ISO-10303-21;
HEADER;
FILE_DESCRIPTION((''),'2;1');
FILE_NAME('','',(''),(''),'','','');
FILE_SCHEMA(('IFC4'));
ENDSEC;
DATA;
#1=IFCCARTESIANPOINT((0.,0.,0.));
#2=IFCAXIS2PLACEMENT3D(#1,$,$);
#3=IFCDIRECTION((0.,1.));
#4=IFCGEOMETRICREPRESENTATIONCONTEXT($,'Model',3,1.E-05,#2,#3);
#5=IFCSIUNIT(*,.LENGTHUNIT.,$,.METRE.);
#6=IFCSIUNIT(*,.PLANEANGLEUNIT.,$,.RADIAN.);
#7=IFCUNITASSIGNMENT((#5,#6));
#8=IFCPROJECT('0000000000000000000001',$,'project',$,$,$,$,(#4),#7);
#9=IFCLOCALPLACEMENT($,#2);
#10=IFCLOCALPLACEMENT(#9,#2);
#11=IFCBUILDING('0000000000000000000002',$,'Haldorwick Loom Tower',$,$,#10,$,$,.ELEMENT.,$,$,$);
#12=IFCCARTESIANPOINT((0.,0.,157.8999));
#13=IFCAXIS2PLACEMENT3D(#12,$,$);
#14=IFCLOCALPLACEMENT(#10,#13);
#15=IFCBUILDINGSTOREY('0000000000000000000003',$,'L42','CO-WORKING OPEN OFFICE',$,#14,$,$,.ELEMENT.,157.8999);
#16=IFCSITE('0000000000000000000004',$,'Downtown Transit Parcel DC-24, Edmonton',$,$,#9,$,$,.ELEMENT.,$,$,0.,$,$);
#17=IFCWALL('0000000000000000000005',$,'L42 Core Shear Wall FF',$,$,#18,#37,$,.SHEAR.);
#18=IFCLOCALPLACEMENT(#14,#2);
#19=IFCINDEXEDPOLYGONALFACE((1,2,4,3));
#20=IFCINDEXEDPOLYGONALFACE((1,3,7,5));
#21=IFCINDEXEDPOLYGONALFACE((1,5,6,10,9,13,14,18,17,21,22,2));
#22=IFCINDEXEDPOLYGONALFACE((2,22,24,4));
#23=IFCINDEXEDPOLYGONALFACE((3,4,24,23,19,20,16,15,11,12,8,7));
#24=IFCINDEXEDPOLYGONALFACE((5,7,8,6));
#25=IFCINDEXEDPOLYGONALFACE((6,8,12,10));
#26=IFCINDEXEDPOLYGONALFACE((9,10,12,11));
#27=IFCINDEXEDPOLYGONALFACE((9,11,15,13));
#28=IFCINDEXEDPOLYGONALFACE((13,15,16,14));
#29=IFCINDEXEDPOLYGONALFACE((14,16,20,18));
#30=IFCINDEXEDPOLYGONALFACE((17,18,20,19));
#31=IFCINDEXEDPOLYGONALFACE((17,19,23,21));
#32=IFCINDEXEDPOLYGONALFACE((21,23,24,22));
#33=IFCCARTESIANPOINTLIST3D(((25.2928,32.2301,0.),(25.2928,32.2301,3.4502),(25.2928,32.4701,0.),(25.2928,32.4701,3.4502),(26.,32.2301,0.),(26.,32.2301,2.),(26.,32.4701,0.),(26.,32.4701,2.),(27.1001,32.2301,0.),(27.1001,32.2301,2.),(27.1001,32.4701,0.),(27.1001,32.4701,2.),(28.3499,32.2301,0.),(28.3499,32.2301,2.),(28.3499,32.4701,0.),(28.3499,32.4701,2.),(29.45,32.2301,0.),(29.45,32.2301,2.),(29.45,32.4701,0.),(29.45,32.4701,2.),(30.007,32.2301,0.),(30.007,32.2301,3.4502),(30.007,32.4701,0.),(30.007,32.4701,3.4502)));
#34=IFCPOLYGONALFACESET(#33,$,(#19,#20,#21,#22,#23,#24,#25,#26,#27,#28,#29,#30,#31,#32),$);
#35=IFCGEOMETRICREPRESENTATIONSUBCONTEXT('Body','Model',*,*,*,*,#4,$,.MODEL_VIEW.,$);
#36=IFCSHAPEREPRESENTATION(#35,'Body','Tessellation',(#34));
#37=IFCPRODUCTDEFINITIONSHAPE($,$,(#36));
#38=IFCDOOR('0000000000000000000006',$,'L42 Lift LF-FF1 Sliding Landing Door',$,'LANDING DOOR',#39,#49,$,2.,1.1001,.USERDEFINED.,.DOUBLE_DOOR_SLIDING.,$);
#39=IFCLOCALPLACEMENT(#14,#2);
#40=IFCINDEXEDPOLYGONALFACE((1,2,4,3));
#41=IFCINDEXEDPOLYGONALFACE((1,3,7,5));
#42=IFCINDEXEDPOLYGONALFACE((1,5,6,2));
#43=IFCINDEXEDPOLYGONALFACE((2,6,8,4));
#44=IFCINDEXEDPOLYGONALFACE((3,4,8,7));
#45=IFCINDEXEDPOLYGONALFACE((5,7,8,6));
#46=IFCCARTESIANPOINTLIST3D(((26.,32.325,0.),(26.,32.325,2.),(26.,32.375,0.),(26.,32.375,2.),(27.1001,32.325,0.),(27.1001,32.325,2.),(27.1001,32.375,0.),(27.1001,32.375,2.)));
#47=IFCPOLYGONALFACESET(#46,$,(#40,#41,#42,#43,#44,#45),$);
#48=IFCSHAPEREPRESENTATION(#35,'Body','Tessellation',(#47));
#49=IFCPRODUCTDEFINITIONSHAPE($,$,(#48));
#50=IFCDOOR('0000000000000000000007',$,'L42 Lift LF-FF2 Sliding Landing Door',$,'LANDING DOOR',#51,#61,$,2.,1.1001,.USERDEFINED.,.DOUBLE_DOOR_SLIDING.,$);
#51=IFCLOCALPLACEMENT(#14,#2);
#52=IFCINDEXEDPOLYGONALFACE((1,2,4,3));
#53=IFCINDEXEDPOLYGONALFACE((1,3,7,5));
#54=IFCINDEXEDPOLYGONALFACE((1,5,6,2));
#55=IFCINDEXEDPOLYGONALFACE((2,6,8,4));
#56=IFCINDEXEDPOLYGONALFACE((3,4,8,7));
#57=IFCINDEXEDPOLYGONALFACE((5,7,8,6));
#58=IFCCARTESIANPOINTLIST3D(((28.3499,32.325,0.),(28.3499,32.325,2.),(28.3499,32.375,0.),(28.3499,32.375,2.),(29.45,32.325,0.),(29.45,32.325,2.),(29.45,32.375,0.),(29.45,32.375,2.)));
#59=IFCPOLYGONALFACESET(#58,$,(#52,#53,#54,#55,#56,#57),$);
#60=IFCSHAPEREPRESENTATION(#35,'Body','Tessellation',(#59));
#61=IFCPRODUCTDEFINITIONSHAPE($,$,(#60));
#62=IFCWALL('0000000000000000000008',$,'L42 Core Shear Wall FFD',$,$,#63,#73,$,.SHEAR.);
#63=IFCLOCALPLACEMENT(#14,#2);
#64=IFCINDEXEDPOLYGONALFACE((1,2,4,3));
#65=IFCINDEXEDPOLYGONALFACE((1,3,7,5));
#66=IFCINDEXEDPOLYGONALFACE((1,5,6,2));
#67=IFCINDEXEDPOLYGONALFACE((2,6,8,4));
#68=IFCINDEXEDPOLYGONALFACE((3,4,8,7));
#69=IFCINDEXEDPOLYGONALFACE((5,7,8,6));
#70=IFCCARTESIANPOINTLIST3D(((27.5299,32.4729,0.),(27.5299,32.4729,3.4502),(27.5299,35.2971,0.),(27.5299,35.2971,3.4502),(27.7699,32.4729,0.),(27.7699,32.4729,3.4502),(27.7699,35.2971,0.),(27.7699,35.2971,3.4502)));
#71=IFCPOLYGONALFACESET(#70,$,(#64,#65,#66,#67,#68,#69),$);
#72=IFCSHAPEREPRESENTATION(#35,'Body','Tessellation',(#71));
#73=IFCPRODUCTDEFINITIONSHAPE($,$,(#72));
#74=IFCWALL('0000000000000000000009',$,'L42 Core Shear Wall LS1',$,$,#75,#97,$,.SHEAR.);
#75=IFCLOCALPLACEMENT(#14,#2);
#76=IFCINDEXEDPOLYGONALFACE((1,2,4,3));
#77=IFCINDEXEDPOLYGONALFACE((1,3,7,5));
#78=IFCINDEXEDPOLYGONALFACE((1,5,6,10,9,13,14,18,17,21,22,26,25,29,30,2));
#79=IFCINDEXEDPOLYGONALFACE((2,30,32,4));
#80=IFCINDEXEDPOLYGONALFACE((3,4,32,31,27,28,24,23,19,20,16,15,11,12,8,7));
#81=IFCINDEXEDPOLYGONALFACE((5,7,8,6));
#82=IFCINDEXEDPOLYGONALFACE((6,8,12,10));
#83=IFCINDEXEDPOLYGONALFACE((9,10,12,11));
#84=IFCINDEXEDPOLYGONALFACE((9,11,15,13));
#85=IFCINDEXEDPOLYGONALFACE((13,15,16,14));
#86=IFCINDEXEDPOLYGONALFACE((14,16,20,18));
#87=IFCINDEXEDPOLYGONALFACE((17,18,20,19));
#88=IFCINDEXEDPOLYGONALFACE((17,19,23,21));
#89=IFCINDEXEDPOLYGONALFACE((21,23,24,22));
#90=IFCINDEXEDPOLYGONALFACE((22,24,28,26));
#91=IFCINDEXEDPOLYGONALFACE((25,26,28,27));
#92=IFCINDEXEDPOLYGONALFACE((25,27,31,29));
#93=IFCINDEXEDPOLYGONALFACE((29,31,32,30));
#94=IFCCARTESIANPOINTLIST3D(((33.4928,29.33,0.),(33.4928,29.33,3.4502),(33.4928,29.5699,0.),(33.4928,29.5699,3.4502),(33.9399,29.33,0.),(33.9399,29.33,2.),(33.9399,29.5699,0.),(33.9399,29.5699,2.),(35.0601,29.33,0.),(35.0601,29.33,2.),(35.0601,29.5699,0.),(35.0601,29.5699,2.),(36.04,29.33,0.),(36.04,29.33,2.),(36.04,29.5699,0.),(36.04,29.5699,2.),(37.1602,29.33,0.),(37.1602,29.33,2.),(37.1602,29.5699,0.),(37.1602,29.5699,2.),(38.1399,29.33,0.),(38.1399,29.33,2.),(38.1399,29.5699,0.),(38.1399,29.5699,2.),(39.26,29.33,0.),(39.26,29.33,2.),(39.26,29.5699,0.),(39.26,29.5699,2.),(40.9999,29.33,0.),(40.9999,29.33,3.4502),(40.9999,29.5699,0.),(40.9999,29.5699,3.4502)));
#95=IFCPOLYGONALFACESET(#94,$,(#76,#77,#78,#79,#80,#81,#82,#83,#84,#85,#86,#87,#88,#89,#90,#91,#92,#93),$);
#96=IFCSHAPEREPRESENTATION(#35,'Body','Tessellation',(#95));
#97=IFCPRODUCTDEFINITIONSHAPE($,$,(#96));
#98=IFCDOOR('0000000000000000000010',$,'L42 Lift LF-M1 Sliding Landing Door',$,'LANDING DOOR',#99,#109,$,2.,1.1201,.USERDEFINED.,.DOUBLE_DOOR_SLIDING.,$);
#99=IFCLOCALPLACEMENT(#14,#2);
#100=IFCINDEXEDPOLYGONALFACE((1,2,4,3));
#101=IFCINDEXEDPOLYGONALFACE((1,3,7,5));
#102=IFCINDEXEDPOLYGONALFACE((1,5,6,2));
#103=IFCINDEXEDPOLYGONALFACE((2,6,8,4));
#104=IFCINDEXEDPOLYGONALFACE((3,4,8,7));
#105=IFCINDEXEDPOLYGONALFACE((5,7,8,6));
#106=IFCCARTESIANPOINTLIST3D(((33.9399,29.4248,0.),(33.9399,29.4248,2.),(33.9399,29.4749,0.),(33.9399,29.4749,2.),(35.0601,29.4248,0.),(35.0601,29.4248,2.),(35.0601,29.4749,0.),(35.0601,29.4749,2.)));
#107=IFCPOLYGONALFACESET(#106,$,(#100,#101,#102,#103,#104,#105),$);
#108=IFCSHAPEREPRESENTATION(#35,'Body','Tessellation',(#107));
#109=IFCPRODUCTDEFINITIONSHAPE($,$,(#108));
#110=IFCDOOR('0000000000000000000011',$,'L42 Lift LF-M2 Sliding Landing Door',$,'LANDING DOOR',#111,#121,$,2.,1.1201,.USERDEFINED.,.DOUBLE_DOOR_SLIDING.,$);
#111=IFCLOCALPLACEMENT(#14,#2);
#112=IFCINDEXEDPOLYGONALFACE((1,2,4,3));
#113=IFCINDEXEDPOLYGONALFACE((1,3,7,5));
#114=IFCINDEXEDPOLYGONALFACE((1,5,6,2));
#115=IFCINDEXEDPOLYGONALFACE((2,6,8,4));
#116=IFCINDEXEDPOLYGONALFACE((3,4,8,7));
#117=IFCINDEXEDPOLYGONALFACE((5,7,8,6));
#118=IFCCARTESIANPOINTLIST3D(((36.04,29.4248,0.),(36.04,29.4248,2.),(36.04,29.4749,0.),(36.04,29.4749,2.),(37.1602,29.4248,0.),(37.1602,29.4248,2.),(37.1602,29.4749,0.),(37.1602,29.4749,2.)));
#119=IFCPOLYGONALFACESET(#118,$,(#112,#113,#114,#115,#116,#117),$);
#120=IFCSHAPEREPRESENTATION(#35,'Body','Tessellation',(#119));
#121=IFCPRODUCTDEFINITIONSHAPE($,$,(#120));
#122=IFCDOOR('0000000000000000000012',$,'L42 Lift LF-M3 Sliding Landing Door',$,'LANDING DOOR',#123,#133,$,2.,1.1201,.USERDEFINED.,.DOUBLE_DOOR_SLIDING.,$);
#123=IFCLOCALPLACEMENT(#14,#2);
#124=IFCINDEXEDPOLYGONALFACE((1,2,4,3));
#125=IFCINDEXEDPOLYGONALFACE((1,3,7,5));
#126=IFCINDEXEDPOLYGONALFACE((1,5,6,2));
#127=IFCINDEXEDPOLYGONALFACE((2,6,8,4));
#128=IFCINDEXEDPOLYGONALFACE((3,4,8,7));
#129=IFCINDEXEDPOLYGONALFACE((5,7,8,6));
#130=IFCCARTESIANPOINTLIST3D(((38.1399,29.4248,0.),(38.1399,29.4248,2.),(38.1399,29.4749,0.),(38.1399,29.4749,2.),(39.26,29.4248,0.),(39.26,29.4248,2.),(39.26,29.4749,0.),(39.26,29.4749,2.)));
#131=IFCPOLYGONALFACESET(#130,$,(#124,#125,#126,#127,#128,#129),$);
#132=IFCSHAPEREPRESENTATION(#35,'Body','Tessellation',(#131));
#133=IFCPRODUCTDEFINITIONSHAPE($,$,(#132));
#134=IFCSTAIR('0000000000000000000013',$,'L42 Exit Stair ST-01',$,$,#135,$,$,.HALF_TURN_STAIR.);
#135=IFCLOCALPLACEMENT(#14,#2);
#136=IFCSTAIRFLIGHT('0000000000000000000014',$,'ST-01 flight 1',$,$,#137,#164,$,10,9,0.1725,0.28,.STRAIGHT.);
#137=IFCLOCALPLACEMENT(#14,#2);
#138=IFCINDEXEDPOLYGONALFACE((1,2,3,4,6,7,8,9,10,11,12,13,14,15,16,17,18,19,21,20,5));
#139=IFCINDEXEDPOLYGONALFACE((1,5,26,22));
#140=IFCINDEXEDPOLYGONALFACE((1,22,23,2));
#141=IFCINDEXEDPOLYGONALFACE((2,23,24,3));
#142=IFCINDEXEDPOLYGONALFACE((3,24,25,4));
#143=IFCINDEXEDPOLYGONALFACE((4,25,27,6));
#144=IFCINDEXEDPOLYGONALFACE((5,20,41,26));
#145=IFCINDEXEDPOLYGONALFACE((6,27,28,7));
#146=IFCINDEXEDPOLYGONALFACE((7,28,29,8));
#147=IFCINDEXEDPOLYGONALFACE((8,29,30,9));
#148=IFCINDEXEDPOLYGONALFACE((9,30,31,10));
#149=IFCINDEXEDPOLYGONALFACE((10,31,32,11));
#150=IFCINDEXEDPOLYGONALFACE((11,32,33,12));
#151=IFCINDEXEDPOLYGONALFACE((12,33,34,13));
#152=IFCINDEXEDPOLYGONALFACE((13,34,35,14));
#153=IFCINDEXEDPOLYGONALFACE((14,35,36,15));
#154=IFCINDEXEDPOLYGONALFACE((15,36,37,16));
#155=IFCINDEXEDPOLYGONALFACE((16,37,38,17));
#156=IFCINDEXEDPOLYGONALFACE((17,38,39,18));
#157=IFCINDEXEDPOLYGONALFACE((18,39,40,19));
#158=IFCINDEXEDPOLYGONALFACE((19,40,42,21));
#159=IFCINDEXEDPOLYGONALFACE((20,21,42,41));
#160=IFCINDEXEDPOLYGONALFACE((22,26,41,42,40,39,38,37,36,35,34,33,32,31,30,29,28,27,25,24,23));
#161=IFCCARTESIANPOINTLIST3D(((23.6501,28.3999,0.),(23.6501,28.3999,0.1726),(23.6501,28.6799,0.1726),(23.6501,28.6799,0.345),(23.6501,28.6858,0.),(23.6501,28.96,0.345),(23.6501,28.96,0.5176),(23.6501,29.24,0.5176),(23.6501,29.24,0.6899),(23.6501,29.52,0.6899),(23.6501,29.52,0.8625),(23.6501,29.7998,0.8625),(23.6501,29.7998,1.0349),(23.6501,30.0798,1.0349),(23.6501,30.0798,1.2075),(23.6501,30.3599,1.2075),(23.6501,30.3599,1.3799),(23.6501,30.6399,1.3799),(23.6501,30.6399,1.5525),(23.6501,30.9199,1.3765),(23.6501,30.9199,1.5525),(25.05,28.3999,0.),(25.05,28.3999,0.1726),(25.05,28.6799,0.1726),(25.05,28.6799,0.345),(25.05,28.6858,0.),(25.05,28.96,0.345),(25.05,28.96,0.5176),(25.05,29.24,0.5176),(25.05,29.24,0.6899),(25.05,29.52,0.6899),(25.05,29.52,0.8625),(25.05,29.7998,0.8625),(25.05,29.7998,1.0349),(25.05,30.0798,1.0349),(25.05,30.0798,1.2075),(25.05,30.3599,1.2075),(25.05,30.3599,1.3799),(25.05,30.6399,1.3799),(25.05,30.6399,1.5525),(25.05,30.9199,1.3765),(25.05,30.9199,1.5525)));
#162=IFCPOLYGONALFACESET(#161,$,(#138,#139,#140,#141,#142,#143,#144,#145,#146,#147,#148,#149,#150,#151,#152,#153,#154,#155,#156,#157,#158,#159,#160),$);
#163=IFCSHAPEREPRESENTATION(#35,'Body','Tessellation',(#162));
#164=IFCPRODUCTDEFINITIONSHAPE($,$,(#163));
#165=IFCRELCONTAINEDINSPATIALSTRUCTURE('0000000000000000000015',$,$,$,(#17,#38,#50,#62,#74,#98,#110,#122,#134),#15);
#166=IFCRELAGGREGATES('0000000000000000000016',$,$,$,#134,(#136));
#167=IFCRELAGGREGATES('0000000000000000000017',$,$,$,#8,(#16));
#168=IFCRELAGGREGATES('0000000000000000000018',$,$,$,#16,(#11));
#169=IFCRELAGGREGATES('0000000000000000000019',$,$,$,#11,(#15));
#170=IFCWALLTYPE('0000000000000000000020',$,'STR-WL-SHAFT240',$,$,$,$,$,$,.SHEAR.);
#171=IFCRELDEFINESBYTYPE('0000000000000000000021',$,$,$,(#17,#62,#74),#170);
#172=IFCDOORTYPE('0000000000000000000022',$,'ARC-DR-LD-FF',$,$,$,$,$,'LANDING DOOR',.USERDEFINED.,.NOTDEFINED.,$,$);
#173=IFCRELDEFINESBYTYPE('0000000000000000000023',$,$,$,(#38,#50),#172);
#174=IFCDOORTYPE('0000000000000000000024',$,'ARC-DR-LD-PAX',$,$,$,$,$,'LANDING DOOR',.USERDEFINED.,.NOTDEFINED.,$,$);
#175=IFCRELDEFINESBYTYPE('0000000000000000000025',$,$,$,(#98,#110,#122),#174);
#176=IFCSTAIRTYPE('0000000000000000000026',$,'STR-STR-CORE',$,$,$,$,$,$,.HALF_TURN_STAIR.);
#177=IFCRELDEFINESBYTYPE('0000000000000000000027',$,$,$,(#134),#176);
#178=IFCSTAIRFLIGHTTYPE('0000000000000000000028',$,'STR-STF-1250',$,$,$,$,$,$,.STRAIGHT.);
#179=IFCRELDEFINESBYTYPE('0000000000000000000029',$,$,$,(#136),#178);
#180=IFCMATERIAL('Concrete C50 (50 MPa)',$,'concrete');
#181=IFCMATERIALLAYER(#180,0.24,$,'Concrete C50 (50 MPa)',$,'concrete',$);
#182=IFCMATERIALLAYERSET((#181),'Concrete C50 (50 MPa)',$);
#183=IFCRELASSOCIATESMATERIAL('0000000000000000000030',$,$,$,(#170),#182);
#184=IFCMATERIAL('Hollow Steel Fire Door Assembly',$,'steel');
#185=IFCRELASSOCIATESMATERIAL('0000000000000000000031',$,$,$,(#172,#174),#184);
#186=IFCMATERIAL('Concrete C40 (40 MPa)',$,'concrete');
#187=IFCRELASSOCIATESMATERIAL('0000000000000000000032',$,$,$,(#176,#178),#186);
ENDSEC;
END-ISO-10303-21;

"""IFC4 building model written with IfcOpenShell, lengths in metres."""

from ifc_helpers import new_model, si_unit, direction, frame, frame_2d, origin, place, context, subcontext, project, spatial, polyline, rectangle, outline, extrude, material, layer, layer_set, type_object, element, fill, aggregate, save


model = new_model("IFC4")

# Units and contexts
model_context = context("Model", 3, precision=1e-05, world=origin(), true_north=direction((0.0, 1.0)))
body_context = subcontext(model_context, "Body", "Model", "MODEL_VIEW")
ifc_project = project(units=[si_unit("LENGTHUNIT", "METRE"), si_unit("PLANEANGLEUNIT", "RADIAN")], contexts=[model_context])

# Site, building, storey
site_placement = place(None, origin())
site = spatial("IfcSite", under=ifc_project, at=site_placement, Name="Downtown Transit Parcel DC-24, Edmonton", CompositionType="ELEMENT", RefElevation=0.0)
building_placement = place(site_placement, origin())
building = spatial("IfcBuilding", under=site, at=building_placement, Name="Haldorwick Loom Tower", CompositionType="ELEMENT")
storey_placement = place(building_placement, frame((0.0, 0.0, 157.8999)))
storey = spatial("IfcBuildingStorey", under=building, at=storey_placement, Name="L42", Description="CO-WORKING OPEN OFFICE", CompositionType="ELEMENT", Elevation=157.8999)

# Shared definitions
ifc_material_1 = material(Name="Concrete C50 (50 MPa)", Category="concrete")
ifc_layer_1 = layer(ifc_material_1, 0.24, Name="Concrete C50 (50 MPa)", Category="concrete")
ifc_layer_set_1 = layer_set([ifc_layer_1], Name="Concrete C50 (50 MPa)")
wall_type = type_object("IfcWallType", Name="STR-WL-SHAFT240", PredefinedType="SHEAR", material=ifc_layer_set_1)

# Wall, openings, doors
wall_1_placement = place(storey_placement, frame((25.293, 32.3501, 0.0), z_axis=(0.0, 0.0, 1.0), x_axis=(1.0, 0.0, 0.0)))
wall_1 = element("IfcWall", 1, at=wall_1_placement, inside=storey, type_object=wall_type, Name="L42 Core Shear Wall FF", PredefinedType="SHEAR", context=body_context, shape_type="SweptSolid", body=[
    extrude(rectangle(XDim=4.7141, YDim=0.24, at=frame_2d((2.3569, 0.0))), origin(), (0.0, 0.0, 1.0), 3.4502),
])
opening_1_placement = place(wall_1_placement, frame((0.707, 0.0, 0.0)))
opening_1 = element("IfcOpeningElement", 2, at=opening_1_placement, cuts=wall_1, PredefinedType="OPENING", context=body_context, shape_type="SweptSolid", body=[
    extrude(rectangle(XDim=1.1001, YDim=2.0, at=frame_2d((0.55, 1.0))), frame((0.0, 0.1299, 0.0), z_axis=(0.0, -1.0, 0.0), x_axis=(1.0, 0.0, 0.0)), (0.0, 0.0, 1.0), 0.26),
])
opening_2_placement = place(wall_1_placement, frame((3.0569, 0.0, 0.0)))
opening_2 = element("IfcOpeningElement", 3, at=opening_2_placement, cuts=wall_1, PredefinedType="OPENING", context=body_context, shape_type="SweptSolid", body=[
    extrude(rectangle(XDim=1.1001, YDim=2.0, at=frame_2d((0.55, 1.0))), frame((0.0, 0.1299, 0.0), z_axis=(0.0, -1.0, 0.0), x_axis=(1.0, 0.0, 0.0)), (0.0, 0.0, 1.0), 0.26),
])
ifc_material_2 = material(Name="Hollow Steel Fire Door Assembly", Category="steel")
door_type_1 = type_object("IfcDoorType", Name="ARC-DR-LD-FF", ElementType="LANDING DOOR", OperationType="NOTDEFINED", PredefinedType="USERDEFINED", material=ifc_material_2)
door_1_placement = place(opening_1_placement, origin())
door_1 = element("IfcDoor", 4, at=door_1_placement, inside=storey, type_object=door_type_1, Name="L42 Lift LF-FF1 Sliding Landing Door", ObjectType="LANDING DOOR", OperationType="DOUBLE_DOOR_SLIDING", OverallHeight=2.0, OverallWidth=1.1001, PredefinedType="USERDEFINED", context=body_context, shape_type="SweptSolid", body=[
    extrude(rectangle(XDim=1.1001, YDim=2.0, at=frame_2d((0.55, 1.0))), frame((0.0, 0.0249, 0.0), z_axis=(0.0, -1.0, 0.0), x_axis=(1.0, 0.0, 0.0)), (0.0, 0.0, 1.0), 0.05),
])
fill(opening_1, door_1)
door_2_placement = place(opening_2_placement, origin())
door_2 = element("IfcDoor", 5, at=door_2_placement, inside=storey, type_object=door_type_1, Name="L42 Lift LF-FF2 Sliding Landing Door", ObjectType="LANDING DOOR", OperationType="DOUBLE_DOOR_SLIDING", OverallHeight=2.0, OverallWidth=1.1001, PredefinedType="USERDEFINED", context=body_context, shape_type="SweptSolid", body=[
    extrude(rectangle(XDim=1.1001, YDim=2.0, at=frame_2d((0.55, 1.0))), frame((0.0, 0.0249, 0.0), z_axis=(0.0, -1.0, 0.0), x_axis=(1.0, 0.0, 0.0)), (0.0, 0.0, 1.0), 0.05),
])
fill(opening_2, door_2)

# Wall
wall_2_placement = place(storey_placement, frame((27.6499, 32.4729, 0.0), z_axis=(0.0, 0.0, 1.0), x_axis=(0.0, 1.0, 0.0)))
element("IfcWall", 6, at=wall_2_placement, inside=storey, type_object=wall_type, Name="L42 Core Shear Wall FFD", PredefinedType="SHEAR", context=body_context, shape_type="SweptSolid", body=[
    extrude(rectangle(XDim=2.8242, YDim=0.24, at=frame_2d((1.4121, 0.0))), origin(), (0.0, 0.0, 1.0), 3.4502),
])

# Wall, openings, doors
wall_3_placement = place(storey_placement, frame((33.4929, 29.45, 0.0), z_axis=(0.0, 0.0, 1.0), x_axis=(1.0, 0.0, 0.0)))
wall_3 = element("IfcWall", 7, at=wall_3_placement, inside=storey, type_object=wall_type, Name="L42 Core Shear Wall LS1", PredefinedType="SHEAR", context=body_context, shape_type="SweptSolid", body=[
    extrude(rectangle(XDim=7.5071, YDim=0.24, at=frame_2d((3.7534, 0.0))), origin(), (0.0, 0.0, 1.0), 3.4502),
])
opening_3_placement = place(wall_3_placement, frame((0.447, 0.0, 0.0)))
opening_3 = element("IfcOpeningElement", 8, at=opening_3_placement, cuts=wall_3, PredefinedType="OPENING", context=body_context, shape_type="SweptSolid", body=[
    extrude(rectangle(XDim=1.1201, YDim=2.0, at=frame_2d((0.5601, 1.0))), frame((0.0, 0.1299, 0.0), z_axis=(0.0, -1.0, 0.0), x_axis=(1.0, 0.0, 0.0)), (0.0, 0.0, 1.0), 0.26),
])
opening_4_placement = place(wall_3_placement, frame((2.5471, 0.0, 0.0)))
opening_4 = element("IfcOpeningElement", 9, at=opening_4_placement, cuts=wall_3, PredefinedType="OPENING", context=body_context, shape_type="SweptSolid", body=[
    extrude(rectangle(XDim=1.1201, YDim=2.0, at=frame_2d((0.5601, 1.0))), frame((0.0, 0.1299, 0.0), z_axis=(0.0, -1.0, 0.0), x_axis=(1.0, 0.0, 0.0)), (0.0, 0.0, 1.0), 0.26),
])
opening_5_placement = place(wall_3_placement, frame((4.647, 0.0, 0.0)))
opening_5 = element("IfcOpeningElement", 10, at=opening_5_placement, cuts=wall_3, PredefinedType="OPENING", context=body_context, shape_type="SweptSolid", body=[
    extrude(rectangle(XDim=1.1201, YDim=2.0, at=frame_2d((0.5601, 1.0))), frame((0.0, 0.1299, 0.0), z_axis=(0.0, -1.0, 0.0), x_axis=(1.0, 0.0, 0.0)), (0.0, 0.0, 1.0), 0.26),
])
door_type_2 = type_object("IfcDoorType", Name="ARC-DR-LD-PAX", ElementType="LANDING DOOR", OperationType="NOTDEFINED", PredefinedType="USERDEFINED", material=ifc_material_2)
door_3_placement = place(opening_3_placement, origin())
door_3 = element("IfcDoor", 11, at=door_3_placement, inside=storey, type_object=door_type_2, Name="L42 Lift LF-M1 Sliding Landing Door", ObjectType="LANDING DOOR", OperationType="DOUBLE_DOOR_SLIDING", OverallHeight=2.0, OverallWidth=1.1201, PredefinedType="USERDEFINED", context=body_context, shape_type="SweptSolid", body=[
    extrude(rectangle(XDim=1.1201, YDim=2.0, at=frame_2d((0.5601, 1.0))), frame((0.0, 0.0249, 0.0), z_axis=(0.0, -1.0, 0.0), x_axis=(1.0, 0.0, 0.0)), (0.0, 0.0, 1.0), 0.05),
])
fill(opening_3, door_3)
door_4_placement = place(opening_4_placement, origin())
door_4 = element("IfcDoor", 12, at=door_4_placement, inside=storey, type_object=door_type_2, Name="L42 Lift LF-M2 Sliding Landing Door", ObjectType="LANDING DOOR", OperationType="DOUBLE_DOOR_SLIDING", OverallHeight=2.0, OverallWidth=1.1201, PredefinedType="USERDEFINED", context=body_context, shape_type="SweptSolid", body=[
    extrude(rectangle(XDim=1.1201, YDim=2.0, at=frame_2d((0.5601, 1.0))), frame((0.0, 0.0249, 0.0), z_axis=(0.0, -1.0, 0.0), x_axis=(1.0, 0.0, 0.0)), (0.0, 0.0, 1.0), 0.05),
])
fill(opening_4, door_4)
door_5_placement = place(opening_5_placement, origin())
door_5 = element("IfcDoor", 13, at=door_5_placement, inside=storey, type_object=door_type_2, Name="L42 Lift LF-M3 Sliding Landing Door", ObjectType="LANDING DOOR", OperationType="DOUBLE_DOOR_SLIDING", OverallHeight=2.0, OverallWidth=1.1201, PredefinedType="USERDEFINED", context=body_context, shape_type="SweptSolid", body=[
    extrude(rectangle(XDim=1.1201, YDim=2.0, at=frame_2d((0.5601, 1.0))), frame((0.0, 0.0249, 0.0), z_axis=(0.0, -1.0, 0.0), x_axis=(1.0, 0.0, 0.0)), (0.0, 0.0, 1.0), 0.05),
])
fill(opening_5, door_5)

# Stair, stair flight
ifc_material_3 = material(Name="Concrete C40 (40 MPa)", Category="concrete")
stair_type = type_object("IfcStairType", Name="STR-STR-CORE", PredefinedType="HALF_TURN_STAIR", material=ifc_material_3)
stair_1_placement = place(storey_placement, origin())
stair_1 = element("IfcStair", 14, at=stair_1_placement, inside=storey, type_object=stair_type, Name="L42 Exit Stair ST-01", PredefinedType="HALF_TURN_STAIR")
stair_flight_type = type_object("IfcStairFlightType", Name="STR-STF-1250", PredefinedType="STRAIGHT", material=ifc_material_3)
stair_flight_1_placement = place(storey_placement, frame((24.3501, 28.3999, 0.0), z_axis=(0.0, 0.0, 1.0), x_axis=(0.0, 1.0, 0.0)))
stair_flight_1 = element("IfcStairFlight", 15, at=stair_flight_1_placement, type_object=stair_flight_type, Name="ST-01 flight 1", NumberOfRisers=10, NumberOfTreads=9, PredefinedType="STRAIGHT", RiserHeight=0.1725, TreadLength=0.28, context=body_context, shape_type="SweptSolid", body=[
    extrude(outline(polyline([(0.0, 0.0), (0.0, 0.1726), (0.28, 0.1726), (0.28, 0.345), (0.5601, 0.345), (0.5601, 0.5176), (0.8401, 0.5176), (0.8401, 0.6899), (1.1201, 0.6899), (1.1201, 0.8625), (1.3999, 0.8625), (1.3999, 1.0349), (1.6799, 1.0349), (1.6799, 1.2075), (1.96, 1.2075), (1.96, 1.3799), (2.24, 1.3799), (2.24, 1.5525), (2.52, 1.5525), (2.52, 1.7251), (2.52, 1.3765), (0.2859, 0.0), (0.0, 0.0)])), frame((0.0, 0.7, 0.0), z_axis=(0.0, -1.0, 0.0), x_axis=(1.0, 0.0, 0.0)), (0.0, 0.0, 1.0), 1.3999),
])
aggregate(stair_1, [stair_flight_1])

save(model, "model.ifc")
